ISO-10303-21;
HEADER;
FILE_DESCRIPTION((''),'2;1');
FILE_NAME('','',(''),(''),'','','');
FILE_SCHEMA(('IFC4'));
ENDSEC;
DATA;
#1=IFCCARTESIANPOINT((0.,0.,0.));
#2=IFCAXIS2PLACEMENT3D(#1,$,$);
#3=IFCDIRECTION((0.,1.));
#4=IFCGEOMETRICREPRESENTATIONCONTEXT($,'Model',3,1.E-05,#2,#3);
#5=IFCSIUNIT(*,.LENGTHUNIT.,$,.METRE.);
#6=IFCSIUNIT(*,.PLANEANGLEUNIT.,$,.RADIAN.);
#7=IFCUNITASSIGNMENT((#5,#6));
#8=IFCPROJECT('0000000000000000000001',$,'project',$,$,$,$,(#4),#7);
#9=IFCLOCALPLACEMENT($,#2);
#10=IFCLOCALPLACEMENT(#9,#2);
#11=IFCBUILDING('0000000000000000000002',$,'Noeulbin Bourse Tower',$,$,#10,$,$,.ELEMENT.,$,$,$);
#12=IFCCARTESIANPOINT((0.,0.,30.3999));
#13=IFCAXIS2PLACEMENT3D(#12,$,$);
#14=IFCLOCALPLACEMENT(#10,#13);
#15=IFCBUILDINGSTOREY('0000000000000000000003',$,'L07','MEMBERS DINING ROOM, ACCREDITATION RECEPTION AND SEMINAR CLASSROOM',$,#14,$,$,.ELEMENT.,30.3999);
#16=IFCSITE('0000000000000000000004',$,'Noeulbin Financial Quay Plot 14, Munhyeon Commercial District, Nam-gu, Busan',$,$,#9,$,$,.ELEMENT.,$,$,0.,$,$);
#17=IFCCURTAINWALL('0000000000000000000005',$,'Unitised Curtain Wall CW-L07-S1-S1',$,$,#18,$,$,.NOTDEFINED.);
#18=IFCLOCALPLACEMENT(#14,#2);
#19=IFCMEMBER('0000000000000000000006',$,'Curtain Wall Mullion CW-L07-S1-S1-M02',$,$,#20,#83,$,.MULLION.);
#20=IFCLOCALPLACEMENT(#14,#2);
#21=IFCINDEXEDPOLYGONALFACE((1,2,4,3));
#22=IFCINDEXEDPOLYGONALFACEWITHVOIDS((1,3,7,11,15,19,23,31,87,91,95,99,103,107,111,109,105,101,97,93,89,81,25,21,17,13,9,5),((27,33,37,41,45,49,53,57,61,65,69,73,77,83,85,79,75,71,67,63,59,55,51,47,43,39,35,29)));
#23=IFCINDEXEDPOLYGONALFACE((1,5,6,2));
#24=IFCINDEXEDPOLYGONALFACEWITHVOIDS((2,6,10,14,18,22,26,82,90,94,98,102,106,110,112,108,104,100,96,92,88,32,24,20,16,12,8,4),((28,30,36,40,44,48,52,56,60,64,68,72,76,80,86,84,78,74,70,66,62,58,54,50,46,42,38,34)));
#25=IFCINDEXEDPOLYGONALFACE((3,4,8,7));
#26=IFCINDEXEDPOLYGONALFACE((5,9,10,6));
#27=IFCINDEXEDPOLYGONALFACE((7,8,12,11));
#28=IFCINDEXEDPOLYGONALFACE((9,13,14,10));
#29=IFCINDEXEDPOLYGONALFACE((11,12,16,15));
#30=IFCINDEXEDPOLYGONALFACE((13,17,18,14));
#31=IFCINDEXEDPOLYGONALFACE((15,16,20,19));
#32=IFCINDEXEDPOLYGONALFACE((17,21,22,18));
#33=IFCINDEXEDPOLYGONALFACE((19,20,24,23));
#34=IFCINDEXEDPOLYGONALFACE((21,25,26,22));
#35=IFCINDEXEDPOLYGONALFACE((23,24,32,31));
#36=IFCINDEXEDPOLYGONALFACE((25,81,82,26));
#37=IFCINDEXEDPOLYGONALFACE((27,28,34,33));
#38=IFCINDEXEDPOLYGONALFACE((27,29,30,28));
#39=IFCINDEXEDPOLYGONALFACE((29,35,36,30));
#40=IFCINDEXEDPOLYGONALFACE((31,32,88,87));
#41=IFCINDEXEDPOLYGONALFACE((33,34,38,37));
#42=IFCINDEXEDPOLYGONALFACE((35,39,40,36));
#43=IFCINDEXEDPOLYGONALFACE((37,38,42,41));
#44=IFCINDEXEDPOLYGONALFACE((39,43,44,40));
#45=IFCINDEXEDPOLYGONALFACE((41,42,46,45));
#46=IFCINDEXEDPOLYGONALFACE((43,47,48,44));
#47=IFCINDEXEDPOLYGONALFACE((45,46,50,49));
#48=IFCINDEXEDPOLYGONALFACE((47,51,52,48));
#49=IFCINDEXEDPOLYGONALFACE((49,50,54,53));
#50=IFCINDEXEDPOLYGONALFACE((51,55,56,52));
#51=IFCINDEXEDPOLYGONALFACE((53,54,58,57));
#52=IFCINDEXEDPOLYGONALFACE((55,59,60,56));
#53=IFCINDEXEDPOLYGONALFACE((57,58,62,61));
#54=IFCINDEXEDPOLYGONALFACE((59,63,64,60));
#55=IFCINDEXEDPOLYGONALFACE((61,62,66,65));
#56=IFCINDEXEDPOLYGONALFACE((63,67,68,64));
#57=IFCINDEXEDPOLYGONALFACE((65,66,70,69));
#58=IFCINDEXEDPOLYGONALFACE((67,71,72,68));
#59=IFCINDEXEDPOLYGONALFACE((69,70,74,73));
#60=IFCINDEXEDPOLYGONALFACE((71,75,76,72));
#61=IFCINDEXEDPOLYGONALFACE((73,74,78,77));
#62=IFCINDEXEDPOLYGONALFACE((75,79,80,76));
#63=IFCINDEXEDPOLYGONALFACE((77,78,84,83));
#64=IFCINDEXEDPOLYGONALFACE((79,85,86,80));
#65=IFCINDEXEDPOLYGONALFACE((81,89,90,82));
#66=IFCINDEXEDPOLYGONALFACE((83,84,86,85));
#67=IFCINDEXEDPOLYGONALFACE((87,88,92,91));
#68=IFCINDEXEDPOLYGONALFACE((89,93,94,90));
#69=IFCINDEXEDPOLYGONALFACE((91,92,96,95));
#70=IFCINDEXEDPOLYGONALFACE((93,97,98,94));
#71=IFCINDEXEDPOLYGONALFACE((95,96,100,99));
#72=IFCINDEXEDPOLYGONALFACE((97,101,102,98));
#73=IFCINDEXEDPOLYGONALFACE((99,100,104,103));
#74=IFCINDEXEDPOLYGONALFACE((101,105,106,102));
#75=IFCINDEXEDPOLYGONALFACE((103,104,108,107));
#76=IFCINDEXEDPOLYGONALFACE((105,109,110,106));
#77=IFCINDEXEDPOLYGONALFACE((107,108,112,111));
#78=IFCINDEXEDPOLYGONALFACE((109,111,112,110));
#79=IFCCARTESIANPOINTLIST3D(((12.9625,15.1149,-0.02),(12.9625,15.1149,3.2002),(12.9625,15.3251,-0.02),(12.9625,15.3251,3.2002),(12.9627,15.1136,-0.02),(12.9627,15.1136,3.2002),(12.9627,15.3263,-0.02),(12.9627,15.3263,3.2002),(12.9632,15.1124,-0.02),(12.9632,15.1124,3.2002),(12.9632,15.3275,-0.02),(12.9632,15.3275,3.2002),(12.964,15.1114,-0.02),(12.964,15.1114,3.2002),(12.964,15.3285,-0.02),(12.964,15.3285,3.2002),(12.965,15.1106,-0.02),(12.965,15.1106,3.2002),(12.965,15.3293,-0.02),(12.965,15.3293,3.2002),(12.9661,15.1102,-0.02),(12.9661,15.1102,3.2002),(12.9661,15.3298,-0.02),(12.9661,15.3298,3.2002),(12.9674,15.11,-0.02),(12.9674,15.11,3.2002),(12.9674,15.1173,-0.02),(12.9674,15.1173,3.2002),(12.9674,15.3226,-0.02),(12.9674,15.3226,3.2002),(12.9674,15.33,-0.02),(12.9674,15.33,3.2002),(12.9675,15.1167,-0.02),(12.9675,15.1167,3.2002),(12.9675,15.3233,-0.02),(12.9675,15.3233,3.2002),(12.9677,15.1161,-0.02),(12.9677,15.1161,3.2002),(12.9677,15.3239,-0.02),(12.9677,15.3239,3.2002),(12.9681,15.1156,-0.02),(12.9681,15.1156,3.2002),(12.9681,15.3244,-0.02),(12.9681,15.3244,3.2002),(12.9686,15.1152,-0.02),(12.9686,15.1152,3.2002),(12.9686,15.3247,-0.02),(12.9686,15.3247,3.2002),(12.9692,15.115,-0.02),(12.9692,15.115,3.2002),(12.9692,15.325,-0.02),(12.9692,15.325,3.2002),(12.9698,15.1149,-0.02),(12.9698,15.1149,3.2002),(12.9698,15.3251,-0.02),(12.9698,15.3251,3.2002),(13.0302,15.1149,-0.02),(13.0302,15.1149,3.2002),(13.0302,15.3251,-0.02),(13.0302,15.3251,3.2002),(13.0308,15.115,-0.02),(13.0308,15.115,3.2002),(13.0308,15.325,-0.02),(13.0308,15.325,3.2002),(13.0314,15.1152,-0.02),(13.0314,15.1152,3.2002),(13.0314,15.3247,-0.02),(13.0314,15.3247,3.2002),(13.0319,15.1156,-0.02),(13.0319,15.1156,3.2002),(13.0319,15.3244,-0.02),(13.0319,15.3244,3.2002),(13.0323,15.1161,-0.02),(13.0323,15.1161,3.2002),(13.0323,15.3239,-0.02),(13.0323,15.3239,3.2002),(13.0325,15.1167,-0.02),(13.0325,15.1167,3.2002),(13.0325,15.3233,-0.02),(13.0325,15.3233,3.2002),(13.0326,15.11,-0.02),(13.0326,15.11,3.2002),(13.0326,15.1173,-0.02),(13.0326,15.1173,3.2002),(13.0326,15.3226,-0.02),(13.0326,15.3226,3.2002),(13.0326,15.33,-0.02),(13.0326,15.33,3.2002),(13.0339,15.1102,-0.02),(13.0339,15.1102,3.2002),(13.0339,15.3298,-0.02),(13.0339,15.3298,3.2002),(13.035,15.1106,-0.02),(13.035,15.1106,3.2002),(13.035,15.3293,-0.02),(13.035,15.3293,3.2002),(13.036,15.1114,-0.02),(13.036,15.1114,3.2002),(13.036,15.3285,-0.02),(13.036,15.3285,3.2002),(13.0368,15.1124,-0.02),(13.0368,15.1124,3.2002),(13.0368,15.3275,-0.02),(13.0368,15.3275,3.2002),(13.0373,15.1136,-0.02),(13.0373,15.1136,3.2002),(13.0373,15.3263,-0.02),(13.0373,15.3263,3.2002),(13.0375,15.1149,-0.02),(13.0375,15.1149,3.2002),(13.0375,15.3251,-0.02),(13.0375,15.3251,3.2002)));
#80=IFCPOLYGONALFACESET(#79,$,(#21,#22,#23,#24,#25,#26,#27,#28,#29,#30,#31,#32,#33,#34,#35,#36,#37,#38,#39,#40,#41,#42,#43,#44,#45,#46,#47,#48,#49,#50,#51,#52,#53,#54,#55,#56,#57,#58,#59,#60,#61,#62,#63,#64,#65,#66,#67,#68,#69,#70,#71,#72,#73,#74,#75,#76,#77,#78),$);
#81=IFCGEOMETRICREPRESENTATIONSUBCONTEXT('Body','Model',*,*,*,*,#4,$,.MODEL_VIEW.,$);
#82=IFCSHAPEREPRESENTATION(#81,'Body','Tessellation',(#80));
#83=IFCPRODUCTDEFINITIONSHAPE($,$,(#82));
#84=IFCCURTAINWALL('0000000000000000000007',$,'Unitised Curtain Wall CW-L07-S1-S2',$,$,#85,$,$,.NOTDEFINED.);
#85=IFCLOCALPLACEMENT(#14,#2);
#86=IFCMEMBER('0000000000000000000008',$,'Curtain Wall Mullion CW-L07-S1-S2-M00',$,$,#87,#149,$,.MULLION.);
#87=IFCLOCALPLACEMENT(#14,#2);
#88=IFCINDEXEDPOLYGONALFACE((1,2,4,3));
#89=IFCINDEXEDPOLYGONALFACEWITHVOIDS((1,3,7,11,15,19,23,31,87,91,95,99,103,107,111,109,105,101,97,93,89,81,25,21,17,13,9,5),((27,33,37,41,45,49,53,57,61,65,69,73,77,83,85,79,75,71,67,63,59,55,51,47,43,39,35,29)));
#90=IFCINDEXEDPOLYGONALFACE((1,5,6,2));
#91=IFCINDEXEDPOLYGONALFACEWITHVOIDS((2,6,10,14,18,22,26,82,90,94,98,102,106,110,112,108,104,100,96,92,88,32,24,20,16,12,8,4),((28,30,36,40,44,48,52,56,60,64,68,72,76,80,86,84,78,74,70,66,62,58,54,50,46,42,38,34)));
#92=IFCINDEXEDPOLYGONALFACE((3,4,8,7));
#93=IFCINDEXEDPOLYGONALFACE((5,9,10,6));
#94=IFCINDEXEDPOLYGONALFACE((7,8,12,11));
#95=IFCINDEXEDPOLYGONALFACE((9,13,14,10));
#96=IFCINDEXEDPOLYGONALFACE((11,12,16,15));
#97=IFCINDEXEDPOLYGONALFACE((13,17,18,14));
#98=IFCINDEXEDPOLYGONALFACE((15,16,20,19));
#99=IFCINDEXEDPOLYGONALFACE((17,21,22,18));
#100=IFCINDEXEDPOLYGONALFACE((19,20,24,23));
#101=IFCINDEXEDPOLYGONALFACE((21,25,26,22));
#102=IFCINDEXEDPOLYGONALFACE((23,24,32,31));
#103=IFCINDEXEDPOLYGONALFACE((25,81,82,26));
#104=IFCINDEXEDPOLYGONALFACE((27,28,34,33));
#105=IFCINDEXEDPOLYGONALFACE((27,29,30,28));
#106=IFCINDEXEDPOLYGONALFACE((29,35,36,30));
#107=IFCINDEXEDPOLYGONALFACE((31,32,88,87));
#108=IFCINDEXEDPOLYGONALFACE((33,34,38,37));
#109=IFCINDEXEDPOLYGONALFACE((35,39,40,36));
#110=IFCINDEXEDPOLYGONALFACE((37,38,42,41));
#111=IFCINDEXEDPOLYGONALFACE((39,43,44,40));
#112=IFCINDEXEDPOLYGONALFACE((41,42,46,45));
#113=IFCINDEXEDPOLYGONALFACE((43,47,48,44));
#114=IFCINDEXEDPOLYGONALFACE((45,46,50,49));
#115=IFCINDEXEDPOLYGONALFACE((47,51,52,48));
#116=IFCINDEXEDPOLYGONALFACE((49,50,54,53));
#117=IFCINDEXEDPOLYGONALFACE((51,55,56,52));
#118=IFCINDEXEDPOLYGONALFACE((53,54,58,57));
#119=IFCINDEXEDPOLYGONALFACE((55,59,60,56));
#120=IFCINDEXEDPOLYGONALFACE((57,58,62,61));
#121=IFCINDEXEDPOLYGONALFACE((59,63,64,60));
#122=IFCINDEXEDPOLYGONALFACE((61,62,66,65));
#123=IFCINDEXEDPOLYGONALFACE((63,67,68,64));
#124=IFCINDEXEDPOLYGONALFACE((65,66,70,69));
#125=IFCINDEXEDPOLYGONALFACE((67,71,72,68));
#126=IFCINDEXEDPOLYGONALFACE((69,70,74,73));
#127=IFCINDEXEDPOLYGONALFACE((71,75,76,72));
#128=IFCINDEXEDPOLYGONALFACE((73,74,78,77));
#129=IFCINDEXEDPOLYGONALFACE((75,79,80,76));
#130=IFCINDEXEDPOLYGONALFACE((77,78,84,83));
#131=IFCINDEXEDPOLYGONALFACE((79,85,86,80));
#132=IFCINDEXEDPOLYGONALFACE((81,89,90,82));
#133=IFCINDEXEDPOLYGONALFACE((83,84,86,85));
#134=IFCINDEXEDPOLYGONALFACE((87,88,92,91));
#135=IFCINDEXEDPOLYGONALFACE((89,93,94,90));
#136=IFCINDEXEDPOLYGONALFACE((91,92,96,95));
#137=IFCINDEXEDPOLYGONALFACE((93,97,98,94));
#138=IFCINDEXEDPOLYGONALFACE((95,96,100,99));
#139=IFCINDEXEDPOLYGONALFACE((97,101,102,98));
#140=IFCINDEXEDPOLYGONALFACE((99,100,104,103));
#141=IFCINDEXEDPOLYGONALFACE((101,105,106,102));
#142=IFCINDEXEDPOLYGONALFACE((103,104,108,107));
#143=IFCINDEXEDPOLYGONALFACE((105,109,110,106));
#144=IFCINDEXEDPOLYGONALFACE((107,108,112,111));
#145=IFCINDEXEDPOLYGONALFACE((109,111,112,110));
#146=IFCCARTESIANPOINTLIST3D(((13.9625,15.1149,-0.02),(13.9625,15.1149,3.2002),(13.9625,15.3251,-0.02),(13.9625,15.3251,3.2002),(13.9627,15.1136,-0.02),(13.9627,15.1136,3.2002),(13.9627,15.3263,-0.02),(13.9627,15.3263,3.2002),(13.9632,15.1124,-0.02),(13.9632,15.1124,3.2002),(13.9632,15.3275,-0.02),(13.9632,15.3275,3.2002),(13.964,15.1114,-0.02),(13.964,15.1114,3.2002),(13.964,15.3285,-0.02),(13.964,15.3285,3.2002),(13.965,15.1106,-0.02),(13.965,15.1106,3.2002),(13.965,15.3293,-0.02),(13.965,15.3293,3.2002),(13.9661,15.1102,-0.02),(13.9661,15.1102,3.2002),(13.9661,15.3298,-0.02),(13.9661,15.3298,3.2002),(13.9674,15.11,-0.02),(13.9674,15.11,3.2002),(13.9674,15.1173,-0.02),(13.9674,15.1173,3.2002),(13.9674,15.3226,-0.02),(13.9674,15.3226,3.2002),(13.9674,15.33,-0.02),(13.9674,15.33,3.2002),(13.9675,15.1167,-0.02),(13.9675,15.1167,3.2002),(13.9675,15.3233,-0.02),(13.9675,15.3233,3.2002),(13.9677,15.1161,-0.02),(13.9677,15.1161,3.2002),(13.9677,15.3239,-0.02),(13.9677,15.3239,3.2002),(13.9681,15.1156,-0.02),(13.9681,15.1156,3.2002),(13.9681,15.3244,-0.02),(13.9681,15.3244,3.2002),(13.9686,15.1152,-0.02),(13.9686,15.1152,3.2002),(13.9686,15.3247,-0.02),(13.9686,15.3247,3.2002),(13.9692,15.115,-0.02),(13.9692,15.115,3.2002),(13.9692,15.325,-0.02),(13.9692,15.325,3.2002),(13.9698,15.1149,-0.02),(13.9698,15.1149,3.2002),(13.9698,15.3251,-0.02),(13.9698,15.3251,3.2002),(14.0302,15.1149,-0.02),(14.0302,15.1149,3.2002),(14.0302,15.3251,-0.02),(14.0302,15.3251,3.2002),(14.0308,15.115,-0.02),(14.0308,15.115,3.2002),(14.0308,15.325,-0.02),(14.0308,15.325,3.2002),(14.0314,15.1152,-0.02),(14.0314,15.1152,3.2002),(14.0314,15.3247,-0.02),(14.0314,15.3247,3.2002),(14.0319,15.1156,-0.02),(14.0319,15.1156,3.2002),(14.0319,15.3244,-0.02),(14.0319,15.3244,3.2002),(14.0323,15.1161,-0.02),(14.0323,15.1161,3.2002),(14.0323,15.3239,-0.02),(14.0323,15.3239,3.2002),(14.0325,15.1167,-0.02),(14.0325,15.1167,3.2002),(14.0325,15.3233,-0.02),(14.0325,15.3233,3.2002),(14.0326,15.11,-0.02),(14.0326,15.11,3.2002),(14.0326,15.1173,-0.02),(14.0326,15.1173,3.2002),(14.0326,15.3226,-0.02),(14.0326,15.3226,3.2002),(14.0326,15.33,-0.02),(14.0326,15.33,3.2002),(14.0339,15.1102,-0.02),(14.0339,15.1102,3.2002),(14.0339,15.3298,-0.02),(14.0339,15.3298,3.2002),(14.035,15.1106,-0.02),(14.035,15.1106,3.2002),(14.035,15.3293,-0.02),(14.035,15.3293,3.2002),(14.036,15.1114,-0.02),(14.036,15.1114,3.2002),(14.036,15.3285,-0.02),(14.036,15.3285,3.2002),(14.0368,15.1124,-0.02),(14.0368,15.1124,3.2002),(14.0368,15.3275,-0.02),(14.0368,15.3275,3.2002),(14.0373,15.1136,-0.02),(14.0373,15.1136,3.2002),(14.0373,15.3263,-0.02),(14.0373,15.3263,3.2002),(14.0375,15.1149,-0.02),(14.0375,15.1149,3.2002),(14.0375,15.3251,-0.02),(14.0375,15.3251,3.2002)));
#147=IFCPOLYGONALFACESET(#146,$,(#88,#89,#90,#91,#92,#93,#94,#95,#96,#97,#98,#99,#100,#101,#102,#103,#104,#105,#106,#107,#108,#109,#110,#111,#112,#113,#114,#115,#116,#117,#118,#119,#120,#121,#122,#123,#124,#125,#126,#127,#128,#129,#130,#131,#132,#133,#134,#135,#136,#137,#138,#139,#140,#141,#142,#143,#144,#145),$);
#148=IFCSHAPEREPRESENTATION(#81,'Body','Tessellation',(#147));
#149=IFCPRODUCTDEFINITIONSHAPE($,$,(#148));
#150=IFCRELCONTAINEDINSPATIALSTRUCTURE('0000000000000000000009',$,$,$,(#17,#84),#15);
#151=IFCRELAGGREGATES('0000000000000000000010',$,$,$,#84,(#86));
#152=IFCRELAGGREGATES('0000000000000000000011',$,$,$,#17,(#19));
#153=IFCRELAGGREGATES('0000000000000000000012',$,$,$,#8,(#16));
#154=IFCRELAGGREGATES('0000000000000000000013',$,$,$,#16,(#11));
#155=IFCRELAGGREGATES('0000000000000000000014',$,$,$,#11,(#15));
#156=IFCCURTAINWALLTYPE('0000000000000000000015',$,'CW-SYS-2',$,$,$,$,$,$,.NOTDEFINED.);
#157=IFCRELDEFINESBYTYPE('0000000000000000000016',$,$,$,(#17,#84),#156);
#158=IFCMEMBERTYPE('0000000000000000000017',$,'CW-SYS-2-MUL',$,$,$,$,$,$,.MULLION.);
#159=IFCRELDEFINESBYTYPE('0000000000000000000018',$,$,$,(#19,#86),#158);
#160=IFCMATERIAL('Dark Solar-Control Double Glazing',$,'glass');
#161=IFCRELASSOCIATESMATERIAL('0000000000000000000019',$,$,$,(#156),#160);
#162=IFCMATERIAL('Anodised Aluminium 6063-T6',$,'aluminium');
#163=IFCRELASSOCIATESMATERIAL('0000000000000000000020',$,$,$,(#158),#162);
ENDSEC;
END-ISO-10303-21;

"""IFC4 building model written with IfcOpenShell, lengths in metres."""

from ifc_helpers import new_model, si_unit, direction, frame, origin, origin_2d, place, context, subcontext, project, spatial, hollow_rectangle, extrude, material, material_profile, profile_set, type_object, element, aggregate, save


model = new_model("IFC4")

# Units and contexts
model_context = context("Model", 3, precision=1e-05, world=origin(), true_north=direction((0.0, 1.0)))
body_context = subcontext(model_context, "Body", "Model", "MODEL_VIEW")
ifc_project = project(units=[si_unit("LENGTHUNIT", "METRE"), si_unit("PLANEANGLEUNIT", "RADIAN")], contexts=[model_context])

# Site, building, storey
site_placement = place(None, origin())
site = spatial("IfcSite", under=ifc_project, at=site_placement, Name="Noeulbin Financial Quay Plot 14, Munhyeon Commercial District, Nam-gu, Busan", CompositionType="ELEMENT", RefElevation=0.0)
building_placement = place(site_placement, origin())
building = spatial("IfcBuilding", under=site, at=building_placement, Name="Noeulbin Bourse Tower", CompositionType="ELEMENT")
storey_placement = place(building_placement, frame((0.0, 0.0, 30.3999)))
storey = spatial("IfcBuildingStorey", under=building, at=storey_placement, Name="L07", Description="MEMBERS DINING ROOM, ACCREDITATION RECEPTION AND SEMINAR CLASSROOM", CompositionType="ELEMENT", Elevation=30.3999)

# Curtain wall, member
ifc_material_1 = material(Name="Dark Solar-Control Double Glazing", Category="glass")
curtain_wall_type = type_object("IfcCurtainWallType", Name="CW-SYS-2", PredefinedType="NOTDEFINED", material=ifc_material_1)
curtain_wall_1_placement = place(storey_placement, origin())
curtain_wall_1 = element("IfcCurtainWall", 1, at=curtain_wall_1_placement, inside=storey, type_object=curtain_wall_type, Name="Unitised Curtain Wall CW-L07-S1-S1", PredefinedType="NOTDEFINED")
ifc_material_2 = material(Name="Anodised Aluminium 6063-T6", Category="aluminium")
ifc_material_profile_1 = material_profile(ifc_material_2, hollow_rectangle(XDim=0.075, YDim=0.22, WallThickness=0.0049, InnerFilletRadius=0.0024, OuterFilletRadius=0.0049, at=origin_2d()), Name="ALU-MULL-75x220x5", Category="LoadBearing")
ifc_profile_set_1 = profile_set([ifc_material_profile_1], Name="Anodised Aluminium 6063-T6")
member_type_1 = type_object("IfcMemberType", Name="CW-SYS-2-MUL", PredefinedType="MULLION", material=ifc_profile_set_1)
member_1_placement = place(storey_placement, frame((13.0, 15.22, -0.02), z_axis=(0.0, 0.0, 1.0), x_axis=(1.0, 0.0, 0.0)))
member_1 = element("IfcMember", 2, at=member_1_placement, type_object=member_type_1, Name="Curtain Wall Mullion CW-L07-S1-S1-M02", PredefinedType="MULLION", context=body_context, shape_type="SweptSolid", body=[
    extrude(hollow_rectangle(XDim=0.075, YDim=0.22, WallThickness=0.0049, InnerFilletRadius=0.0024, OuterFilletRadius=0.0049, at=origin_2d()), origin(), (0.0, 0.0, 1.0), 3.2202),
])

# Curtain wall, member
curtain_wall_2_placement = place(storey_placement, origin())
curtain_wall_2 = element("IfcCurtainWall", 3, at=curtain_wall_2_placement, inside=storey, type_object=curtain_wall_type, Name="Unitised Curtain Wall CW-L07-S1-S2", PredefinedType="NOTDEFINED")
member_2_placement = place(storey_placement, frame((14.0, 15.22, -0.02), z_axis=(0.0, 0.0, 1.0), x_axis=(1.0, 0.0, 0.0)))
member_2 = element("IfcMember", 4, at=member_2_placement, type_object=member_type_1, Name="Curtain Wall Mullion CW-L07-S1-S2-M00", PredefinedType="MULLION", context=body_context, shape_type="SweptSolid", body=[
    extrude(hollow_rectangle(XDim=0.075, YDim=0.22, WallThickness=0.0049, InnerFilletRadius=0.0024, OuterFilletRadius=0.0049, at=origin_2d()), origin(), (0.0, 0.0, 1.0), 3.2202),
])

aggregate(curtain_wall_2, [member_2])

aggregate(curtain_wall_1, [member_1])

save(model, "model.ifc")
